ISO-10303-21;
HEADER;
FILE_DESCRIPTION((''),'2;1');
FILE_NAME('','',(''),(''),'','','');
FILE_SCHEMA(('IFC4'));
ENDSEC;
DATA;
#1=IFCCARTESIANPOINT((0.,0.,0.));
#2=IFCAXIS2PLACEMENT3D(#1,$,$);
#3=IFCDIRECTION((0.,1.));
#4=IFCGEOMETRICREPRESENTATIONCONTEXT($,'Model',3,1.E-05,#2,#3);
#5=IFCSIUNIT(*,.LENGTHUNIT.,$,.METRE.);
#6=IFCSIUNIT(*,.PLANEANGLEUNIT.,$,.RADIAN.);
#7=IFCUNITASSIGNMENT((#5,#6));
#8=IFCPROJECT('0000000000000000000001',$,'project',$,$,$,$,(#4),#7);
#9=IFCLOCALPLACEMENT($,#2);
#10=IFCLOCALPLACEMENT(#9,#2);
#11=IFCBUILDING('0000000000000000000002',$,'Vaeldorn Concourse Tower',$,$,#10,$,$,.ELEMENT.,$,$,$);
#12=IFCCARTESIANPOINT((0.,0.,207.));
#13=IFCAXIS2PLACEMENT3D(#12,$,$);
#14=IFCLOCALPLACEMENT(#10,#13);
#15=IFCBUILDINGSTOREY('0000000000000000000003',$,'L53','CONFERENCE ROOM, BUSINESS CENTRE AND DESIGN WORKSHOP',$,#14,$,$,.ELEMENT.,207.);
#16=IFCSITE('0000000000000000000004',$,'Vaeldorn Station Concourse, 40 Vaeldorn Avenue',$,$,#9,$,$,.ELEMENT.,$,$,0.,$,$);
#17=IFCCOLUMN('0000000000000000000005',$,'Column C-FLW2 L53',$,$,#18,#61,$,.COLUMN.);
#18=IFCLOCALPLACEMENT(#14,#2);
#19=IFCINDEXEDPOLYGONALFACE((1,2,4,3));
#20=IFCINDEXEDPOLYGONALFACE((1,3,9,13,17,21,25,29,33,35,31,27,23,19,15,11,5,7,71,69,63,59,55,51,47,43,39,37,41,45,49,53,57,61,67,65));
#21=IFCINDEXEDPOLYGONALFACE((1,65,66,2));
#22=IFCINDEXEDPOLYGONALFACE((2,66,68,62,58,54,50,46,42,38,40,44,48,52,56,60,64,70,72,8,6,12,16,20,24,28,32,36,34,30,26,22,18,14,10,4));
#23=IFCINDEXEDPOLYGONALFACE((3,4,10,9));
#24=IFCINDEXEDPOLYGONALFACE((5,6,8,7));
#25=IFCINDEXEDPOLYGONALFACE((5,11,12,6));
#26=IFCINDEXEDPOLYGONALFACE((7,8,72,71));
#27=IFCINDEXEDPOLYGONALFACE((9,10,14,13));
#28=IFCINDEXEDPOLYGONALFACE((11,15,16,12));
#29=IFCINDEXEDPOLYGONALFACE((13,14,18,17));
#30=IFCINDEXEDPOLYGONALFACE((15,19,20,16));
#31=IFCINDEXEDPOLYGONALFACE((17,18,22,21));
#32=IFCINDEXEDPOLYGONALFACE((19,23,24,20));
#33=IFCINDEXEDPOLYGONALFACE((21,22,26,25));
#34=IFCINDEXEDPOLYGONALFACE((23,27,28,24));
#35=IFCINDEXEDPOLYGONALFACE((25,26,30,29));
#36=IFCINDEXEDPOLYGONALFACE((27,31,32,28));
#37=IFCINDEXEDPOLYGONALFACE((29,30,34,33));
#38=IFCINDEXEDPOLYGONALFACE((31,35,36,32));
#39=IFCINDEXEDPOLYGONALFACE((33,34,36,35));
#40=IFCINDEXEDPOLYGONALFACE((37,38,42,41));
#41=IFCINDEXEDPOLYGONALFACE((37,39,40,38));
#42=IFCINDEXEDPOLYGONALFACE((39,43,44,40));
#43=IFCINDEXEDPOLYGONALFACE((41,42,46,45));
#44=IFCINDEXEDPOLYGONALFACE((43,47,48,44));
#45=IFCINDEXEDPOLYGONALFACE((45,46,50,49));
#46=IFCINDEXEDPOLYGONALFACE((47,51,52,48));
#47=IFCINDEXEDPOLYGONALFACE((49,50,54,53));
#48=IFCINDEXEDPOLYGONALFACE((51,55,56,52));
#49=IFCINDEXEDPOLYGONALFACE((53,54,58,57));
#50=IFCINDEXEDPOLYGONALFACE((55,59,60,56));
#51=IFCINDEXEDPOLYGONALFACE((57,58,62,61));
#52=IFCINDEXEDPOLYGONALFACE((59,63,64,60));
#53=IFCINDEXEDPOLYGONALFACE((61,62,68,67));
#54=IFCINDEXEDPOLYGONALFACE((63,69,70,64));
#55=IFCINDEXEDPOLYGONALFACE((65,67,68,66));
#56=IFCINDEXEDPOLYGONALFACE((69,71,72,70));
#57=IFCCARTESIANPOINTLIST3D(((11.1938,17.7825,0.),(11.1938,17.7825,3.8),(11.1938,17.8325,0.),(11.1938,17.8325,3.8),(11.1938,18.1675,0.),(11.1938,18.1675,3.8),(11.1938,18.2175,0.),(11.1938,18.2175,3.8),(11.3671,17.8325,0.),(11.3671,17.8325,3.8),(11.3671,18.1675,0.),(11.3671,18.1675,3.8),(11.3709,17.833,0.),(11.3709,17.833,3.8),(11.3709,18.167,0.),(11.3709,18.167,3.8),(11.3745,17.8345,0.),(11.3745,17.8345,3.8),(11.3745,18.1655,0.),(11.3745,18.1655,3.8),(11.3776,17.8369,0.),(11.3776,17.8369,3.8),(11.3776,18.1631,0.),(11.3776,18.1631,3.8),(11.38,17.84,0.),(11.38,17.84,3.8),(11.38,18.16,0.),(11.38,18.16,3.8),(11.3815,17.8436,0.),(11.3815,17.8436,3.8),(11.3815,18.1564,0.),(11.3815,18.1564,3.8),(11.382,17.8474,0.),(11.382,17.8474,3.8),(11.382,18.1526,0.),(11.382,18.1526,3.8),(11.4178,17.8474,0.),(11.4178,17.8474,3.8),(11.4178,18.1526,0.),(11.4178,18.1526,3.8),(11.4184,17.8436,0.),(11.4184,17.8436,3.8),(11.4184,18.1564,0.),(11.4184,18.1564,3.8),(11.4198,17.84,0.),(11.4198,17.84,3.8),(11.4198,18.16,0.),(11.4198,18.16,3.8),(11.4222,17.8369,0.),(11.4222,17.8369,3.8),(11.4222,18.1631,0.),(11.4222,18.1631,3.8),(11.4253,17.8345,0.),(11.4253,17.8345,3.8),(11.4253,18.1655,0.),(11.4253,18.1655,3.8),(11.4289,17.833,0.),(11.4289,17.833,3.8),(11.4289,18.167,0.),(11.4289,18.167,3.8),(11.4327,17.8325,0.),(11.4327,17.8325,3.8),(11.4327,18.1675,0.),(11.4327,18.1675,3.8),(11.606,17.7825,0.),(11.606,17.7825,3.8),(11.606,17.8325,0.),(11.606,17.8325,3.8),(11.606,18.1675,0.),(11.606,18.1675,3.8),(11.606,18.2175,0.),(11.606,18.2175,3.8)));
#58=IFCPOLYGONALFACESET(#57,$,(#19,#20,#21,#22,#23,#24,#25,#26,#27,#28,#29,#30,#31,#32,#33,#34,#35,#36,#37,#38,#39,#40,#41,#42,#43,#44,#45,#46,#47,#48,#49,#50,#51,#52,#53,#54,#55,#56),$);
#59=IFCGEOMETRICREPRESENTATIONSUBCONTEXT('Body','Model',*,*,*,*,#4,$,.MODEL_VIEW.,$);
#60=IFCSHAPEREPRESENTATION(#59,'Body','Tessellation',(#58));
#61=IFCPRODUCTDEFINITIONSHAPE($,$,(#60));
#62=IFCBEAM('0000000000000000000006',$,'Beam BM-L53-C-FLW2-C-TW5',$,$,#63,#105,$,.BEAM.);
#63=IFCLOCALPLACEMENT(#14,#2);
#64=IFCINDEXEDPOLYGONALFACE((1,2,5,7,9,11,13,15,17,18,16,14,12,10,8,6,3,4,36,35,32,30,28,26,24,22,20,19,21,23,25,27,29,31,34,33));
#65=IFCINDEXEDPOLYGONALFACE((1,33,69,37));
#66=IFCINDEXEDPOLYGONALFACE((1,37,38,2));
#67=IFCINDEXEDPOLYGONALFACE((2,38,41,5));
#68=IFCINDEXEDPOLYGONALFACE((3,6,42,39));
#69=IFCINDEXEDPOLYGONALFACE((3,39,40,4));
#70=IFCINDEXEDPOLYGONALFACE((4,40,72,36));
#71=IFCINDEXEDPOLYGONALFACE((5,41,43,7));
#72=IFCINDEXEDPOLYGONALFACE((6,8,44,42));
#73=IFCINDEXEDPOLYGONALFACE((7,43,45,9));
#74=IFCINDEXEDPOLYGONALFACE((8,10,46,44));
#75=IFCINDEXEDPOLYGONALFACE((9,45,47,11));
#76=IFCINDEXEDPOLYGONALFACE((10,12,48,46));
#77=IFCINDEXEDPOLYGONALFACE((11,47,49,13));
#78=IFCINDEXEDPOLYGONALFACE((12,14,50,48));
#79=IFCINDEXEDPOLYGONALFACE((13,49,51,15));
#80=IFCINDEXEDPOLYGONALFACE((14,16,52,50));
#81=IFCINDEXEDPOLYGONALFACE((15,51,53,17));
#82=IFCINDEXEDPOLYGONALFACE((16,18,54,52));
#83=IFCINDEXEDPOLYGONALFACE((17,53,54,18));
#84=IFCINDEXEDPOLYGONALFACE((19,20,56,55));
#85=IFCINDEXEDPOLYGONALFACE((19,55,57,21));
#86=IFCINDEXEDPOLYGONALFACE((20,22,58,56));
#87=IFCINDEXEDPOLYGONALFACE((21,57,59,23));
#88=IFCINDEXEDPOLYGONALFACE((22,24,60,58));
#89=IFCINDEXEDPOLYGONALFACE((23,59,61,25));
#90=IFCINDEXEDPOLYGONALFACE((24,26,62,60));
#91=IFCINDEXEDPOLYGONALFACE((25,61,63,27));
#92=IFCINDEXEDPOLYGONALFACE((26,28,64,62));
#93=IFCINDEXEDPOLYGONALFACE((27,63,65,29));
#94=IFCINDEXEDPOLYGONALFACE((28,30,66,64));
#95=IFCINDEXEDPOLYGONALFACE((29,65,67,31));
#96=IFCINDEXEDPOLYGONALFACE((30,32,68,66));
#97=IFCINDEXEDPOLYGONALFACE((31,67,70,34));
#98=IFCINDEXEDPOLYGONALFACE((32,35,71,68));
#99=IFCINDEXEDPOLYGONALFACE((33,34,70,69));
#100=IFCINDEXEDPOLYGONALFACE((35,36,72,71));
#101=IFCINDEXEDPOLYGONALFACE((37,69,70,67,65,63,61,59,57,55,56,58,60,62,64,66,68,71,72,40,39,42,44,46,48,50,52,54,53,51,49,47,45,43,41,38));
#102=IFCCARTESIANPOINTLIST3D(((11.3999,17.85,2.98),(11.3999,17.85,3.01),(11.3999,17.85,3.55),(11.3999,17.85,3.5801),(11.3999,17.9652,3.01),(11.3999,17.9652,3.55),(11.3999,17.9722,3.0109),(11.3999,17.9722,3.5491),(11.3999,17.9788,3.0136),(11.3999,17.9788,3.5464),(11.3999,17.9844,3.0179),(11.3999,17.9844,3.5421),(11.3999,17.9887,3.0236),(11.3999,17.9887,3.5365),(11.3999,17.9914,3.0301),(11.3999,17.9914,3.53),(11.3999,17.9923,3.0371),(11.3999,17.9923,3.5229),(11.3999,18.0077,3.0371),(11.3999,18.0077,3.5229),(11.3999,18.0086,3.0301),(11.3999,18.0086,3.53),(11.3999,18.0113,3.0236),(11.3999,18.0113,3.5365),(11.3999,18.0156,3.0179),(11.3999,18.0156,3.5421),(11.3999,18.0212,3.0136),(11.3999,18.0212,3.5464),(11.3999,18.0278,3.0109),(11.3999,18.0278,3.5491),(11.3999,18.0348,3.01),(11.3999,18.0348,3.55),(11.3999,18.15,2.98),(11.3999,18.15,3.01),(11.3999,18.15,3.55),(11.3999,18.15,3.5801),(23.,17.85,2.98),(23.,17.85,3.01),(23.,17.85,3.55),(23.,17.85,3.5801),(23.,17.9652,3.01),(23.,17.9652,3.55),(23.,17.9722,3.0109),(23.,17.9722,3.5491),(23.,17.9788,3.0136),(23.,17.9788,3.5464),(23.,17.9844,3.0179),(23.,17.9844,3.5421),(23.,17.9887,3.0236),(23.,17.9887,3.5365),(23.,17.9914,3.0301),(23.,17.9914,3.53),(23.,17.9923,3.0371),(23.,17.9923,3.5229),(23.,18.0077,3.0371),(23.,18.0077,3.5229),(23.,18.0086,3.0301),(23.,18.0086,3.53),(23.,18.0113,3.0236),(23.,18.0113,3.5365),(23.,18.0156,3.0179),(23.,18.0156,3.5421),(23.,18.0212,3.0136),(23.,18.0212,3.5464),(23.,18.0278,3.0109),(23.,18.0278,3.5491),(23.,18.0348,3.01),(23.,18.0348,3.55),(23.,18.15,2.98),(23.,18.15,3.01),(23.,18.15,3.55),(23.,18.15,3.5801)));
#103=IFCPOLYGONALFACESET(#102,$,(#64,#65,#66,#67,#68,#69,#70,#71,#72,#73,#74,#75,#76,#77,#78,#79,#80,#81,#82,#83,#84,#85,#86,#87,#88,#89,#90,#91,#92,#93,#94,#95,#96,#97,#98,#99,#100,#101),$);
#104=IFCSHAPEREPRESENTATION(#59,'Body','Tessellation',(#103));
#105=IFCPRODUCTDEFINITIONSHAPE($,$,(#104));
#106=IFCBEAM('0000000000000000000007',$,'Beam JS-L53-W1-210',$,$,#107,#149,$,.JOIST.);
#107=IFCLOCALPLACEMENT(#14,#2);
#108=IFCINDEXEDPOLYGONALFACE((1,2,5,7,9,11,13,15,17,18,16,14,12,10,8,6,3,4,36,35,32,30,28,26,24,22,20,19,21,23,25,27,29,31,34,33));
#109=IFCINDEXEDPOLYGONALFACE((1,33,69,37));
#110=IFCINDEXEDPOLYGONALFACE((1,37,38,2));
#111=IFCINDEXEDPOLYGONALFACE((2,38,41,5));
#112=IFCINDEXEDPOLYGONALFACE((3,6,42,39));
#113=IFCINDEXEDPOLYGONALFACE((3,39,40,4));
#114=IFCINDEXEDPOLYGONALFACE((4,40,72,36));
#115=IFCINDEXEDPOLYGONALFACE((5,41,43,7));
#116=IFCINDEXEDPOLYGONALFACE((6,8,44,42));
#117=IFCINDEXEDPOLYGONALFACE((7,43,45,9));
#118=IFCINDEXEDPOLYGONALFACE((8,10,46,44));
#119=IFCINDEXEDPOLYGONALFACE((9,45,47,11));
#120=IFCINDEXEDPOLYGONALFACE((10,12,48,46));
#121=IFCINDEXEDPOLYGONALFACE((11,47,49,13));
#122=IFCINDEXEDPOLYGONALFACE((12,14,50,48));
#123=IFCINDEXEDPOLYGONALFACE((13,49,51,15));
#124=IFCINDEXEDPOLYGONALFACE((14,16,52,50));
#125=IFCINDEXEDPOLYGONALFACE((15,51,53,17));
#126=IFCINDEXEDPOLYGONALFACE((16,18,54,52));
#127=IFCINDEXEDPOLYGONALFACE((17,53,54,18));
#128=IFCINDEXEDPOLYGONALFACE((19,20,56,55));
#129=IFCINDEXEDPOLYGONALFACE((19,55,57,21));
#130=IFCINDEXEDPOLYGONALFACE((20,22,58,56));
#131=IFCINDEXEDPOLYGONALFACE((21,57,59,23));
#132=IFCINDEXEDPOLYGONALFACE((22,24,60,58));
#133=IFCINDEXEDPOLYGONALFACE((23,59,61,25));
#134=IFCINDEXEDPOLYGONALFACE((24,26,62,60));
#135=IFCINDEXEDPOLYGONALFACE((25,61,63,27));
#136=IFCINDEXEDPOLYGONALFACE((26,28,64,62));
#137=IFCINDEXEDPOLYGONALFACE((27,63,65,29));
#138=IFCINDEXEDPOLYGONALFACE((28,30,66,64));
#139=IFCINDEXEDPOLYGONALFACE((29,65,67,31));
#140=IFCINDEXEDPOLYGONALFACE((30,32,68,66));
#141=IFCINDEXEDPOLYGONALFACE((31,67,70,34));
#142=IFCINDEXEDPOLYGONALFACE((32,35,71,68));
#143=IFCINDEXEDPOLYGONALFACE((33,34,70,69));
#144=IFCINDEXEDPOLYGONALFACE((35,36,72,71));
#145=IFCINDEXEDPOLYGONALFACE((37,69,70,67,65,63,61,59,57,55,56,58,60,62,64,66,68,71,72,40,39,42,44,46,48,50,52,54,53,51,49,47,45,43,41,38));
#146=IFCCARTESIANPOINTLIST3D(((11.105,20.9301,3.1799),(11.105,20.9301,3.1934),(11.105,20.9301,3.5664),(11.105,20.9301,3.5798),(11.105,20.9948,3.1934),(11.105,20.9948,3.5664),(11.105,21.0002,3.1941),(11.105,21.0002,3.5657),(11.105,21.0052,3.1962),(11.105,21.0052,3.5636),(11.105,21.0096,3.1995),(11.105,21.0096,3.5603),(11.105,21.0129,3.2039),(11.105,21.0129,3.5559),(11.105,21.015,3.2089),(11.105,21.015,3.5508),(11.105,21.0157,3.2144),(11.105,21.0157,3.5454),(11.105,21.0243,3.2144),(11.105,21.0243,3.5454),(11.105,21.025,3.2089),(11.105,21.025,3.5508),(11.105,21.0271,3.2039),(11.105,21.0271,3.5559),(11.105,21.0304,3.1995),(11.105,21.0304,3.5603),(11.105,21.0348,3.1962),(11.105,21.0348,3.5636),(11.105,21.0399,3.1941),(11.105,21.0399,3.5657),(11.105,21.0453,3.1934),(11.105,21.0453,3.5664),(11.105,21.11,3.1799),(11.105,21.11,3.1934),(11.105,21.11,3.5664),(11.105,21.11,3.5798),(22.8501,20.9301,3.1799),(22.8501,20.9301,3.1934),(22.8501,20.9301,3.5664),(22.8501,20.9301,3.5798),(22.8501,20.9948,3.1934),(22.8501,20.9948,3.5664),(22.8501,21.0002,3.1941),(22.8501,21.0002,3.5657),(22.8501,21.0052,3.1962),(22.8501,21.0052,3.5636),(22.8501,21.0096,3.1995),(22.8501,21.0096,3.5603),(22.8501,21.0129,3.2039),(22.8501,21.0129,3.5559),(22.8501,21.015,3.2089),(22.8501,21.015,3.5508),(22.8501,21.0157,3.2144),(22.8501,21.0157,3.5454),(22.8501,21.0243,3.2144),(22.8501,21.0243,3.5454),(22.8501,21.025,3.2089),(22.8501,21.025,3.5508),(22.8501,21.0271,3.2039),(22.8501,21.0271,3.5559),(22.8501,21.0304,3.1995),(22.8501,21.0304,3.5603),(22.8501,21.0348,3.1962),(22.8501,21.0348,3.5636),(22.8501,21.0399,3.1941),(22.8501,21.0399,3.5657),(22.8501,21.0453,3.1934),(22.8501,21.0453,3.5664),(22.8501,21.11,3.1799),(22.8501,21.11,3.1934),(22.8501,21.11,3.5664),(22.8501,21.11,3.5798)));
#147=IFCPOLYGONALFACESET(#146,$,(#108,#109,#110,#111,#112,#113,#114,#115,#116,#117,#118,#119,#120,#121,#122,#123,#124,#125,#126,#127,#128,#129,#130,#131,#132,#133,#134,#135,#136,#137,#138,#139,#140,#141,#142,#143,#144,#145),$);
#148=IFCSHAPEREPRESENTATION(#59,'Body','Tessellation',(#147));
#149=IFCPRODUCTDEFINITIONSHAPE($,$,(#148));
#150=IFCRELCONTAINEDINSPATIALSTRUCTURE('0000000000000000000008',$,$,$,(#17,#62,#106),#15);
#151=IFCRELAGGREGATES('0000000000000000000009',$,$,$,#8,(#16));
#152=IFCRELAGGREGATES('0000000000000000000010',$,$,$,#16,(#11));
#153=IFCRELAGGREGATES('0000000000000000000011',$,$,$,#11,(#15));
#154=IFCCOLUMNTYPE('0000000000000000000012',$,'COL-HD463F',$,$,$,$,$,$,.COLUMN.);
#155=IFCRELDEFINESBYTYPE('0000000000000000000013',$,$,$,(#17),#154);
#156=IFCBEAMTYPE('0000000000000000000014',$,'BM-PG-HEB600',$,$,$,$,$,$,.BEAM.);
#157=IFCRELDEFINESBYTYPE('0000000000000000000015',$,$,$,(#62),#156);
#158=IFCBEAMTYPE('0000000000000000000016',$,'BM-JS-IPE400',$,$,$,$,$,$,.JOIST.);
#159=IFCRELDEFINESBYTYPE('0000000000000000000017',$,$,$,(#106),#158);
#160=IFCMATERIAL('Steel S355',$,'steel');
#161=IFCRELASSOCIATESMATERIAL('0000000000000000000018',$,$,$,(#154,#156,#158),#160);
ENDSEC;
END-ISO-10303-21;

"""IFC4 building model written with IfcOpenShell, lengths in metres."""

from ifc_helpers import new_model, si_unit, direction, frame, origin, origin_2d, place, context, subcontext, project, spatial, i_section, extrude, source, transform, mapped, material, material_profile, profile_set, type_object, element, save


model = new_model("IFC4")

# Units and contexts
model_context = context("Model", 3, precision=1e-05, world=origin(), true_north=direction((0.0, 1.0)))
body_context = subcontext(model_context, "Body", "Model", "MODEL_VIEW")
ifc_project = project(units=[si_unit("LENGTHUNIT", "METRE"), si_unit("PLANEANGLEUNIT", "RADIAN")], contexts=[model_context])

# Site, building, storey
site_placement = place(None, origin())
site = spatial("IfcSite", under=ifc_project, at=site_placement, Name="Vaeldorn Station Concourse, 40 Vaeldorn Avenue", CompositionType="ELEMENT", RefElevation=0.0)
building_placement = place(site_placement, origin())
building = spatial("IfcBuilding", under=site, at=building_placement, Name="Vaeldorn Concourse Tower", CompositionType="ELEMENT")
storey_placement = place(building_placement, frame((0.0, 0.0, 207.0)))
storey = spatial("IfcBuildingStorey", under=building, at=storey_placement, Name="L53", Description="CONFERENCE ROOM, BUSINESS CENTRE AND DESIGN WORKSHOP", CompositionType="ELEMENT", Elevation=207.0)

# Column
ifc_material_1 = material(Name="Steel S355", Category="steel")
ifc_material_profile_1 = material_profile(ifc_material_1, i_section(OverallWidth=0.4121, OverallDepth=0.4351, WebThickness=0.0359, FlangeThickness=0.05, FilletRadius=0.0149, at=origin_2d()), Name="HD 400x463")
ifc_profile_set_1 = profile_set([ifc_material_profile_1], Name="Steel S355")
column_type = type_object("IfcColumnType", Name="COL-HD463F", PredefinedType="COLUMN", material=ifc_profile_set_1)
shared_shape_1 = source(origin(), body_context, "Body", "SweptSolid", [
    extrude(i_section(OverallWidth=0.4121, OverallDepth=0.4351, WebThickness=0.0359, FlangeThickness=0.05, FilletRadius=0.0149, at=origin_2d()), origin(), (0.0, 0.0, 1.0), 3.8),
])
column_placement = place(storey_placement, frame((11.3999, 18.0, 0.0), z_axis=(0.0, 0.0, 1.0), x_axis=(1.0, 0.0, 0.0)))
element("IfcColumn", 1, at=column_placement, inside=storey, type_object=column_type, Name="Column C-FLW2 L53", PredefinedType="COLUMN", context=body_context, shape_type="MappedRepresentation", body=[
    mapped(shared_shape_1, transform((0.0, 0.0, 0.0), scale=1.0)),
])

# Beams
ifc_material_profile_2 = material_profile(ifc_material_1, i_section(OverallWidth=0.3, OverallDepth=0.6001, WebThickness=0.0154, FlangeThickness=0.03, FilletRadius=0.0271, at=origin_2d()), Name="HEB 600")
ifc_profile_set_2 = profile_set([ifc_material_profile_2], Name="Steel S355")
beam_type_1 = type_object("IfcBeamType", Name="BM-PG-HEB600", PredefinedType="BEAM", material=ifc_profile_set_2)
shared_shape_2 = source(origin(), body_context, "Body", "SweptSolid", [
    extrude(i_section(OverallWidth=0.3, OverallDepth=0.6001, WebThickness=0.0154, FlangeThickness=0.03, FilletRadius=0.0271, at=origin_2d()), origin(), (0.0, 0.0, 1.0), 11.6001),
])
beam_1_placement = place(storey_placement, frame((11.3999, 18.0, 3.28), z_axis=(1.0, 0.0, 0.0), x_axis=(0.0, 1.0, 0.0)))
element("IfcBeam", 2, at=beam_1_placement, inside=storey, type_object=beam_type_1, Name="Beam BM-L53-C-FLW2-C-TW5", PredefinedType="BEAM", context=body_context, shape_type="MappedRepresentation", body=[
    mapped(shared_shape_2, transform((0.0, 0.0, 0.0), scale=1.0)),
])
ifc_material_profile_3 = material_profile(ifc_material_1, i_section(OverallWidth=0.1799, OverallDepth=0.3999, WebThickness=0.0085, FlangeThickness=0.0134, FilletRadius=0.021, at=origin_2d()), Name="IPE 400")
ifc_profile_set_3 = profile_set([ifc_material_profile_3], Name="Steel S355")
beam_type_2 = type_object("IfcBeamType", Name="BM-JS-IPE400", PredefinedType="JOIST", material=ifc_profile_set_3)
shared_shape_3 = source(origin(), body_context, "Body", "SweptSolid", [
    extrude(i_section(OverallWidth=0.1799, OverallDepth=0.3999, WebThickness=0.0085, FlangeThickness=0.0134, FilletRadius=0.021, at=origin_2d()), origin(), (0.0, 0.0, 1.0), 11.7451),
])
beam_2_placement = place(storey_placement, frame((11.105, 21.02, 3.3799), z_axis=(1.0, 0.0, 0.0), x_axis=(0.0, 1.0, 0.0)))
element("IfcBeam", 3, at=beam_2_placement, inside=storey, type_object=beam_type_2, Name="Beam JS-L53-W1-210", PredefinedType="JOIST", context=body_context, shape_type="MappedRepresentation", body=[
    mapped(shared_shape_3, transform((0.0, 0.0, 0.0), scale=1.0)),
])

save(model, "model.ifc")
